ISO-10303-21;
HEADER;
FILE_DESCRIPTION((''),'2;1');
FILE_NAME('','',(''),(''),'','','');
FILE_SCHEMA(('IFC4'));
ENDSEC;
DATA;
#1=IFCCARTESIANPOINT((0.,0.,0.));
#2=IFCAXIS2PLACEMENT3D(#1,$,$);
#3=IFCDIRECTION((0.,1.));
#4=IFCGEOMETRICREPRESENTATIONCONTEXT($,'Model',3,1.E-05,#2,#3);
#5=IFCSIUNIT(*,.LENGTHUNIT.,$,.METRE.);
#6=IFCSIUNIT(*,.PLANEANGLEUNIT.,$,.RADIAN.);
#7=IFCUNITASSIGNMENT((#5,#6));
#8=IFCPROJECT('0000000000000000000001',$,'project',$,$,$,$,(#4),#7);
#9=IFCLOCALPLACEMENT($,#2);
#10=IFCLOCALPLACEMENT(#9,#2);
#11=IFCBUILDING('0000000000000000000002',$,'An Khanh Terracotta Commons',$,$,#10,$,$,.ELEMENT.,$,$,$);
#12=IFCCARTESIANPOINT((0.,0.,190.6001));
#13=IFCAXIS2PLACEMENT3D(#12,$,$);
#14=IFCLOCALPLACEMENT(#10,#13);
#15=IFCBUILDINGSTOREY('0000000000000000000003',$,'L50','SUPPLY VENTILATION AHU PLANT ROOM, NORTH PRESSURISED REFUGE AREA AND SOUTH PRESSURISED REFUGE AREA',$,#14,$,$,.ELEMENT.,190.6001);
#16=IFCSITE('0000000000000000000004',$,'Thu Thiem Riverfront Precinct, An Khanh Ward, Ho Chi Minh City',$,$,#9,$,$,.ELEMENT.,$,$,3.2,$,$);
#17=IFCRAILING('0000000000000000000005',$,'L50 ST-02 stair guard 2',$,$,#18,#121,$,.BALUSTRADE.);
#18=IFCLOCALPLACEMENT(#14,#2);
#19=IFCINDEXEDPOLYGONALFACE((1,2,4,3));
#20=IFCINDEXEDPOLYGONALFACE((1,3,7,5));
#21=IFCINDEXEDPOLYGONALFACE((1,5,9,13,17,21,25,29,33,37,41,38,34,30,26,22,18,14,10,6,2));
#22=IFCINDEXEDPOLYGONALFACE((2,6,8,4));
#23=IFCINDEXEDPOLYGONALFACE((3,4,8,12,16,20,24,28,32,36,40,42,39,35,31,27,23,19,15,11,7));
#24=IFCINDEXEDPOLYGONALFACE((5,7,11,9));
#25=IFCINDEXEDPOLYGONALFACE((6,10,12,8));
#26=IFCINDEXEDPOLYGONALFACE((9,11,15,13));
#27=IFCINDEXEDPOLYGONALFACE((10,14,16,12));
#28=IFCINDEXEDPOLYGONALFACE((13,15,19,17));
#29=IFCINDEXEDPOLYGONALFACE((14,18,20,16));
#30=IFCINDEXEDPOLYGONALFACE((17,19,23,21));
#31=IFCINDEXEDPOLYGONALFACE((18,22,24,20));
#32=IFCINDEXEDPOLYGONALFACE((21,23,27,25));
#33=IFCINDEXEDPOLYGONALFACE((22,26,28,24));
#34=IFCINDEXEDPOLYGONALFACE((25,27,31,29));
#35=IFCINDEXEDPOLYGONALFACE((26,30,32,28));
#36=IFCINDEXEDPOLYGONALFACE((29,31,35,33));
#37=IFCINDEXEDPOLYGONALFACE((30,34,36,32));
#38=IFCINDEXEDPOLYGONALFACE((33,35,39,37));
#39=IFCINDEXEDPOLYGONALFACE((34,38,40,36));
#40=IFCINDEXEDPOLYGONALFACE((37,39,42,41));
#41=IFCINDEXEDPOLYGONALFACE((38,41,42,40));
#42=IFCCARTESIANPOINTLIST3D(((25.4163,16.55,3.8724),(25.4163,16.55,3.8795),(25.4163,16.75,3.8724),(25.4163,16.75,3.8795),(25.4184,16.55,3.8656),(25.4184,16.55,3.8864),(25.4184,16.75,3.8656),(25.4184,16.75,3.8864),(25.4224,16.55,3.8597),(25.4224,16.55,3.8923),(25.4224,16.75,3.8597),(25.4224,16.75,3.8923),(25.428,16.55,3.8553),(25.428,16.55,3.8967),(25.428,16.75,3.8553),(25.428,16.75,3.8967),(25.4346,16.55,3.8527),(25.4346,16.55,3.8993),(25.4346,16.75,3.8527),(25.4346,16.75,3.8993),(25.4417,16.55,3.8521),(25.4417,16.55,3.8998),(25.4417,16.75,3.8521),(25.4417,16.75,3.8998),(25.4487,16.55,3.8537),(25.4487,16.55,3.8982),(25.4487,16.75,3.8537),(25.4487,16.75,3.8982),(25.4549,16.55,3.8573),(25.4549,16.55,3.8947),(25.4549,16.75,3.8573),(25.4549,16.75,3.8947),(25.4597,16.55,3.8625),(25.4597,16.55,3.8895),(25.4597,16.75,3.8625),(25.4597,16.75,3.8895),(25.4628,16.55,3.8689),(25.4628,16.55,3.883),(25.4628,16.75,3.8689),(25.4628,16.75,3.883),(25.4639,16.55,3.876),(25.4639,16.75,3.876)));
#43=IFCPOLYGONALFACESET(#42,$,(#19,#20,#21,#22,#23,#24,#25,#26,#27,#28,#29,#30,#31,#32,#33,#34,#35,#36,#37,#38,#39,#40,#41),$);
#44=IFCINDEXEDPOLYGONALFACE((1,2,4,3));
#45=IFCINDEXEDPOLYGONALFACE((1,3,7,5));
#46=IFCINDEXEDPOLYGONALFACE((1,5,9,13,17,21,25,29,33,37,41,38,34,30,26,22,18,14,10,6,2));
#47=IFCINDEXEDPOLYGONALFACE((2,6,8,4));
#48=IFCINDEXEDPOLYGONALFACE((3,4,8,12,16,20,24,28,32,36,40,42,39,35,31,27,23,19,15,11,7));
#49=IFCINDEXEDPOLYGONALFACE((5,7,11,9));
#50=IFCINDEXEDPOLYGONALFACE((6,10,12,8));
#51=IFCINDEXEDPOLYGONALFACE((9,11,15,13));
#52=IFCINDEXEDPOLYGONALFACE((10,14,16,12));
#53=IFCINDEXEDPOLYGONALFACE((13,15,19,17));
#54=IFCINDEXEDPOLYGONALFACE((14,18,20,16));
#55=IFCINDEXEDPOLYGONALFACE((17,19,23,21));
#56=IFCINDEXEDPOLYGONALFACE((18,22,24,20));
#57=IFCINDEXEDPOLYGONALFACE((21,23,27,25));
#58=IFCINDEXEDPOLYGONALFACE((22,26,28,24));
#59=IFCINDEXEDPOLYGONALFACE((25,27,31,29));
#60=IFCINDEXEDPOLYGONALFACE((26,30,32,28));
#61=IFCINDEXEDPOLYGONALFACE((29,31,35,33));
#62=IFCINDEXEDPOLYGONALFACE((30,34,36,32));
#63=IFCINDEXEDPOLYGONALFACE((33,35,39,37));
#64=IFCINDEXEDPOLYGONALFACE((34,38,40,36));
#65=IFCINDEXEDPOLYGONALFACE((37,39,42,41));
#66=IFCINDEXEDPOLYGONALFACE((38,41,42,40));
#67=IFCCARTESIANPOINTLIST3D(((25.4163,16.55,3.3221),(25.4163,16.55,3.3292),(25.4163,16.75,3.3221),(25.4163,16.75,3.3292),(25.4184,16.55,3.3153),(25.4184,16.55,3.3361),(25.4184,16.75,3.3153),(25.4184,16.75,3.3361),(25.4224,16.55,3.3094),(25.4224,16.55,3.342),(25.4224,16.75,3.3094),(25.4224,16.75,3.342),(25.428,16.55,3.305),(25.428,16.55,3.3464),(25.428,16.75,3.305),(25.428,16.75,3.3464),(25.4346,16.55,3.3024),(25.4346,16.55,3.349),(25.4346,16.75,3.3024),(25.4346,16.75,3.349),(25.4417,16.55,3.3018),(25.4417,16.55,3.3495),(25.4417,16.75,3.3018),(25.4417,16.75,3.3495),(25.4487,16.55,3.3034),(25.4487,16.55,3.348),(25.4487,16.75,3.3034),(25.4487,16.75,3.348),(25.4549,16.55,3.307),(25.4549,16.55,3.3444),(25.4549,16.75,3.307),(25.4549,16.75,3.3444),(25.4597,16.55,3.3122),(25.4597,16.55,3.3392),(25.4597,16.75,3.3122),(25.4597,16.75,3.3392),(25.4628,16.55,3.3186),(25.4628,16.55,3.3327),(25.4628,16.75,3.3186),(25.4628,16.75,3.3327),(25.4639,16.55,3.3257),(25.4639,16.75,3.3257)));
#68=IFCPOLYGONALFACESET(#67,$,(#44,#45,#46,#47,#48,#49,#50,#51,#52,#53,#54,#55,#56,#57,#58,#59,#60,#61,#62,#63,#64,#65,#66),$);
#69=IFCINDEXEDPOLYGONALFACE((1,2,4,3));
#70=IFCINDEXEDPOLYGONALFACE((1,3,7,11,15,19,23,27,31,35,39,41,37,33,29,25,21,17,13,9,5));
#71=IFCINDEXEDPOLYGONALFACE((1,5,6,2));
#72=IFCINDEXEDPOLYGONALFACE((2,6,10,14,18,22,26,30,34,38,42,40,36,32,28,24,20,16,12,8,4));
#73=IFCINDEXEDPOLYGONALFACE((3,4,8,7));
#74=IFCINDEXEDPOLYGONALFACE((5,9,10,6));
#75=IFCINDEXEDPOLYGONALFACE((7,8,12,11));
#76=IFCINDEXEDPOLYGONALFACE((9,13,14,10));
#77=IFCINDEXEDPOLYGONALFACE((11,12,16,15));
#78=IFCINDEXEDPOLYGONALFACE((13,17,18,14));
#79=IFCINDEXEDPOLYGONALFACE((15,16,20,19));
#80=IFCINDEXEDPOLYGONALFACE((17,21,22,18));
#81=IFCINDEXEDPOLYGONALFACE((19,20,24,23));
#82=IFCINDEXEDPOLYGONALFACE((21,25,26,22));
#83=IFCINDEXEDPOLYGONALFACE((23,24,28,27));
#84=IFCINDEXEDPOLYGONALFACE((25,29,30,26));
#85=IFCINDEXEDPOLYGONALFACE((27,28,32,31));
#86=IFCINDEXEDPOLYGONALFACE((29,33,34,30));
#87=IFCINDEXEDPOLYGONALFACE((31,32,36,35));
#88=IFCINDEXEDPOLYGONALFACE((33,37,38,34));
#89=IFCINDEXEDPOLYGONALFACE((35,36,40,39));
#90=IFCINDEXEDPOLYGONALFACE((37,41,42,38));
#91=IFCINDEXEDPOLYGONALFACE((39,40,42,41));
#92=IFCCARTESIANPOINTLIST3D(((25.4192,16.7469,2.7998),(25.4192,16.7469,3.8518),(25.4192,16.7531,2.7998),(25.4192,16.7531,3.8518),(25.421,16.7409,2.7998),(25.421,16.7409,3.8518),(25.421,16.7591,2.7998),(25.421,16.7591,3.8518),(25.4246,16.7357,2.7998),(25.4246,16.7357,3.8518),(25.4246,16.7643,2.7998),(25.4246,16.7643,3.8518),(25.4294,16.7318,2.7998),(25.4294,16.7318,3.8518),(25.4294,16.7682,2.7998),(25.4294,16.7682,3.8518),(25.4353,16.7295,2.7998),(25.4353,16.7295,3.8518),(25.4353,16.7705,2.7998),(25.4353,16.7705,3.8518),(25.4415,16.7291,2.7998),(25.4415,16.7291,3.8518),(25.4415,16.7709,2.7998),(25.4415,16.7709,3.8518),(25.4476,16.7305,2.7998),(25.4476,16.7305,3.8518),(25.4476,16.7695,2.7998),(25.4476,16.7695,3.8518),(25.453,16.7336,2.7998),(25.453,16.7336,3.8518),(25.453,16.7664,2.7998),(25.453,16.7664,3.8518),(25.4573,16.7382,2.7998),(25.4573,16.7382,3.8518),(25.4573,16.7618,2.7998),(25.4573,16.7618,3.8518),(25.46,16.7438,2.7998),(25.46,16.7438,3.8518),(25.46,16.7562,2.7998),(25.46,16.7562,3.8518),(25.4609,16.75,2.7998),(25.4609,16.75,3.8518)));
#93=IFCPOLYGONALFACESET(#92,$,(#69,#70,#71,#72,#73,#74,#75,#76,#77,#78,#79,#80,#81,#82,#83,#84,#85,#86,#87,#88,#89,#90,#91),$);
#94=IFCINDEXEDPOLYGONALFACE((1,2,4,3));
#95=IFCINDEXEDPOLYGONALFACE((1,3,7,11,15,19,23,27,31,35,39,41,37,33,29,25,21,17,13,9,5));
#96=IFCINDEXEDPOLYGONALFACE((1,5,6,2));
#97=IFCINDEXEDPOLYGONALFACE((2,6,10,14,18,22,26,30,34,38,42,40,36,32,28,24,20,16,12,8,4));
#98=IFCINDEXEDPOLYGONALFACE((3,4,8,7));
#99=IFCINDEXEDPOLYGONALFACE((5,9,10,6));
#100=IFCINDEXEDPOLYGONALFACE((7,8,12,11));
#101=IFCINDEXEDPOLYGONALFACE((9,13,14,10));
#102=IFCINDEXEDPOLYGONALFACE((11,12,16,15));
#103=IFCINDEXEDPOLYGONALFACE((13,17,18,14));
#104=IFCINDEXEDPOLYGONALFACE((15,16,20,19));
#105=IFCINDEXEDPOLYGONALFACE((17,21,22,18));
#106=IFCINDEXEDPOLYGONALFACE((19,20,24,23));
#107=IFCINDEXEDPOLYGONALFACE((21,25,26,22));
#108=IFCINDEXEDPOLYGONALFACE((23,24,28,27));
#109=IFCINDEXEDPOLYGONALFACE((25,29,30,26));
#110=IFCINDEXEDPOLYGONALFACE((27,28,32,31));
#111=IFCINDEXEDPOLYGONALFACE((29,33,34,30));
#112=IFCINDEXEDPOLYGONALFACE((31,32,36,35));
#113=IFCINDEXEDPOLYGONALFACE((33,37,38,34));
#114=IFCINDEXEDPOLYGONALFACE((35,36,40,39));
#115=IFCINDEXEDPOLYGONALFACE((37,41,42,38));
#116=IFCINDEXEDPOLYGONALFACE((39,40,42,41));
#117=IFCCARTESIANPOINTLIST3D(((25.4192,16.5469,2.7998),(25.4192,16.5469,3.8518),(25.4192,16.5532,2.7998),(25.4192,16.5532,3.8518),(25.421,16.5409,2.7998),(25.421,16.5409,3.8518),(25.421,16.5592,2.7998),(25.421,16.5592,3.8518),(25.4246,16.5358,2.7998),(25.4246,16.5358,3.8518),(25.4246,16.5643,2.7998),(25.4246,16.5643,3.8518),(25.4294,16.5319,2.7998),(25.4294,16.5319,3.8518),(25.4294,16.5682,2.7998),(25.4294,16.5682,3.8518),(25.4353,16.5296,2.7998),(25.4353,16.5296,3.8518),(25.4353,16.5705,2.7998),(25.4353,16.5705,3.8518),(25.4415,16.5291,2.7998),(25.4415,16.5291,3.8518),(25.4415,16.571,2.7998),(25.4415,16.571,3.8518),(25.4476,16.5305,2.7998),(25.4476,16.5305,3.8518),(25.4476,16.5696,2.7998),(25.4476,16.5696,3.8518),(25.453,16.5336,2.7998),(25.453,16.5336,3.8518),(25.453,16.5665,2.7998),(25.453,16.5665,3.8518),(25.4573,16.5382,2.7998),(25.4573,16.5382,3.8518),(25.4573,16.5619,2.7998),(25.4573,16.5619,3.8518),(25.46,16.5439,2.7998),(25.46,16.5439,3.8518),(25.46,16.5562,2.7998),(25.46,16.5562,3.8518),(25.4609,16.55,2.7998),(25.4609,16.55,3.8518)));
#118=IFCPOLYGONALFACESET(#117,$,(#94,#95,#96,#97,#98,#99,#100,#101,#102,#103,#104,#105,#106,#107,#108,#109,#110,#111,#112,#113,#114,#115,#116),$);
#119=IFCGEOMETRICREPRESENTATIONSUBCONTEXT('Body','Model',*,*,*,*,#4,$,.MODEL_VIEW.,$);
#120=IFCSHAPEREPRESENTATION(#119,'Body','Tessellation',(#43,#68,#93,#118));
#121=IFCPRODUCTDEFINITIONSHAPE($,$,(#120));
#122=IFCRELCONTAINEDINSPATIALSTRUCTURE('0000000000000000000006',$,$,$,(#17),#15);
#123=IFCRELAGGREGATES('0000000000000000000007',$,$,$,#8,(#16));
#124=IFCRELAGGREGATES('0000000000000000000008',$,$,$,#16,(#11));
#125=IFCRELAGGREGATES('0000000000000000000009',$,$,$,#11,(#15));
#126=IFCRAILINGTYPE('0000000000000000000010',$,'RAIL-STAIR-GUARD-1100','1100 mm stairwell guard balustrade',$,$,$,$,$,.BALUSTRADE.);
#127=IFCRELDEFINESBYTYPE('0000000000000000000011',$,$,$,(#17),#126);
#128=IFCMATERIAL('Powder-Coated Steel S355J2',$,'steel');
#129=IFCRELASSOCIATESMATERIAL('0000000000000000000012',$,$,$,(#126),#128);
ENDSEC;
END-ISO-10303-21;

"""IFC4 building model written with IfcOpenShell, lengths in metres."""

from ifc_helpers import new_model, si_unit, direction, frame, origin, origin_2d, place, context, subcontext, project, spatial, circle, extrude, material, type_object, element, save


model = new_model("IFC4")

# Units and contexts
model_context = context("Model", 3, precision=1e-05, world=origin(), true_north=direction((0.0, 1.0)))
body_context = subcontext(model_context, "Body", "Model", "MODEL_VIEW")
ifc_project = project(units=[si_unit("LENGTHUNIT", "METRE"), si_unit("PLANEANGLEUNIT", "RADIAN")], contexts=[model_context])

# Site, building, storey
site_placement = place(None, origin())
site = spatial("IfcSite", under=ifc_project, at=site_placement, Name="Thu Thiem Riverfront Precinct, An Khanh Ward, Ho Chi Minh City", CompositionType="ELEMENT", RefElevation=3.2)
building_placement = place(site_placement, origin())
building = spatial("IfcBuilding", under=site, at=building_placement, Name="An Khanh Terracotta Commons", CompositionType="ELEMENT")
storey_placement = place(building_placement, frame((0.0, 0.0, 190.6001)))
storey = spatial("IfcBuildingStorey", under=building, at=storey_placement, Name="L50", Description="SUPPLY VENTILATION AHU PLANT ROOM, NORTH PRESSURISED REFUGE AREA AND SOUTH PRESSURISED REFUGE AREA", CompositionType="ELEMENT", Elevation=190.6001)

# Railing
ifc_material_1 = material(Name="Powder-Coated Steel S355J2", Category="steel")
railing_type_1 = type_object("IfcRailingType", Name="RAIL-STAIR-GUARD-1100", Description="1100 mm stairwell guard balustrade", PredefinedType="BALUSTRADE", material=ifc_material_1)
railing_1_placement = place(storey_placement, frame((25.4399, 16.75, 2.7998)))
element("IfcRailing", 1, at=railing_1_placement, inside=storey, type_object=railing_type_1, Name="L50 ST-02 stair guard 2", PredefinedType="BALUSTRADE", context=body_context, shape_type="SweptSolid", body=[
    extrude(circle(Radius=0.0239, at=origin_2d()), frame((0.0, 0.0, 1.0762), z_axis=(0.0, -1.0, 0.0), x_axis=(1.0, 0.0, 0.0)), (0.0, 0.0, 1.0), 0.2),
    extrude(circle(Radius=0.0239, at=origin_2d()), frame((0.0, 0.0, 0.5259), z_axis=(0.0, -1.0, 0.0), x_axis=(1.0, 0.0, 0.0)), (0.0, 0.0, 1.0), 0.2),
    extrude(circle(Radius=0.021, at=origin_2d()), origin(), (0.0, 0.0, 1.0), 1.052),
    extrude(circle(Radius=0.021, at=origin_2d()), frame((0.0, -0.2, 0.0)), (0.0, 0.0, 1.0), 1.052),
])

save(model, "model.ifc")
